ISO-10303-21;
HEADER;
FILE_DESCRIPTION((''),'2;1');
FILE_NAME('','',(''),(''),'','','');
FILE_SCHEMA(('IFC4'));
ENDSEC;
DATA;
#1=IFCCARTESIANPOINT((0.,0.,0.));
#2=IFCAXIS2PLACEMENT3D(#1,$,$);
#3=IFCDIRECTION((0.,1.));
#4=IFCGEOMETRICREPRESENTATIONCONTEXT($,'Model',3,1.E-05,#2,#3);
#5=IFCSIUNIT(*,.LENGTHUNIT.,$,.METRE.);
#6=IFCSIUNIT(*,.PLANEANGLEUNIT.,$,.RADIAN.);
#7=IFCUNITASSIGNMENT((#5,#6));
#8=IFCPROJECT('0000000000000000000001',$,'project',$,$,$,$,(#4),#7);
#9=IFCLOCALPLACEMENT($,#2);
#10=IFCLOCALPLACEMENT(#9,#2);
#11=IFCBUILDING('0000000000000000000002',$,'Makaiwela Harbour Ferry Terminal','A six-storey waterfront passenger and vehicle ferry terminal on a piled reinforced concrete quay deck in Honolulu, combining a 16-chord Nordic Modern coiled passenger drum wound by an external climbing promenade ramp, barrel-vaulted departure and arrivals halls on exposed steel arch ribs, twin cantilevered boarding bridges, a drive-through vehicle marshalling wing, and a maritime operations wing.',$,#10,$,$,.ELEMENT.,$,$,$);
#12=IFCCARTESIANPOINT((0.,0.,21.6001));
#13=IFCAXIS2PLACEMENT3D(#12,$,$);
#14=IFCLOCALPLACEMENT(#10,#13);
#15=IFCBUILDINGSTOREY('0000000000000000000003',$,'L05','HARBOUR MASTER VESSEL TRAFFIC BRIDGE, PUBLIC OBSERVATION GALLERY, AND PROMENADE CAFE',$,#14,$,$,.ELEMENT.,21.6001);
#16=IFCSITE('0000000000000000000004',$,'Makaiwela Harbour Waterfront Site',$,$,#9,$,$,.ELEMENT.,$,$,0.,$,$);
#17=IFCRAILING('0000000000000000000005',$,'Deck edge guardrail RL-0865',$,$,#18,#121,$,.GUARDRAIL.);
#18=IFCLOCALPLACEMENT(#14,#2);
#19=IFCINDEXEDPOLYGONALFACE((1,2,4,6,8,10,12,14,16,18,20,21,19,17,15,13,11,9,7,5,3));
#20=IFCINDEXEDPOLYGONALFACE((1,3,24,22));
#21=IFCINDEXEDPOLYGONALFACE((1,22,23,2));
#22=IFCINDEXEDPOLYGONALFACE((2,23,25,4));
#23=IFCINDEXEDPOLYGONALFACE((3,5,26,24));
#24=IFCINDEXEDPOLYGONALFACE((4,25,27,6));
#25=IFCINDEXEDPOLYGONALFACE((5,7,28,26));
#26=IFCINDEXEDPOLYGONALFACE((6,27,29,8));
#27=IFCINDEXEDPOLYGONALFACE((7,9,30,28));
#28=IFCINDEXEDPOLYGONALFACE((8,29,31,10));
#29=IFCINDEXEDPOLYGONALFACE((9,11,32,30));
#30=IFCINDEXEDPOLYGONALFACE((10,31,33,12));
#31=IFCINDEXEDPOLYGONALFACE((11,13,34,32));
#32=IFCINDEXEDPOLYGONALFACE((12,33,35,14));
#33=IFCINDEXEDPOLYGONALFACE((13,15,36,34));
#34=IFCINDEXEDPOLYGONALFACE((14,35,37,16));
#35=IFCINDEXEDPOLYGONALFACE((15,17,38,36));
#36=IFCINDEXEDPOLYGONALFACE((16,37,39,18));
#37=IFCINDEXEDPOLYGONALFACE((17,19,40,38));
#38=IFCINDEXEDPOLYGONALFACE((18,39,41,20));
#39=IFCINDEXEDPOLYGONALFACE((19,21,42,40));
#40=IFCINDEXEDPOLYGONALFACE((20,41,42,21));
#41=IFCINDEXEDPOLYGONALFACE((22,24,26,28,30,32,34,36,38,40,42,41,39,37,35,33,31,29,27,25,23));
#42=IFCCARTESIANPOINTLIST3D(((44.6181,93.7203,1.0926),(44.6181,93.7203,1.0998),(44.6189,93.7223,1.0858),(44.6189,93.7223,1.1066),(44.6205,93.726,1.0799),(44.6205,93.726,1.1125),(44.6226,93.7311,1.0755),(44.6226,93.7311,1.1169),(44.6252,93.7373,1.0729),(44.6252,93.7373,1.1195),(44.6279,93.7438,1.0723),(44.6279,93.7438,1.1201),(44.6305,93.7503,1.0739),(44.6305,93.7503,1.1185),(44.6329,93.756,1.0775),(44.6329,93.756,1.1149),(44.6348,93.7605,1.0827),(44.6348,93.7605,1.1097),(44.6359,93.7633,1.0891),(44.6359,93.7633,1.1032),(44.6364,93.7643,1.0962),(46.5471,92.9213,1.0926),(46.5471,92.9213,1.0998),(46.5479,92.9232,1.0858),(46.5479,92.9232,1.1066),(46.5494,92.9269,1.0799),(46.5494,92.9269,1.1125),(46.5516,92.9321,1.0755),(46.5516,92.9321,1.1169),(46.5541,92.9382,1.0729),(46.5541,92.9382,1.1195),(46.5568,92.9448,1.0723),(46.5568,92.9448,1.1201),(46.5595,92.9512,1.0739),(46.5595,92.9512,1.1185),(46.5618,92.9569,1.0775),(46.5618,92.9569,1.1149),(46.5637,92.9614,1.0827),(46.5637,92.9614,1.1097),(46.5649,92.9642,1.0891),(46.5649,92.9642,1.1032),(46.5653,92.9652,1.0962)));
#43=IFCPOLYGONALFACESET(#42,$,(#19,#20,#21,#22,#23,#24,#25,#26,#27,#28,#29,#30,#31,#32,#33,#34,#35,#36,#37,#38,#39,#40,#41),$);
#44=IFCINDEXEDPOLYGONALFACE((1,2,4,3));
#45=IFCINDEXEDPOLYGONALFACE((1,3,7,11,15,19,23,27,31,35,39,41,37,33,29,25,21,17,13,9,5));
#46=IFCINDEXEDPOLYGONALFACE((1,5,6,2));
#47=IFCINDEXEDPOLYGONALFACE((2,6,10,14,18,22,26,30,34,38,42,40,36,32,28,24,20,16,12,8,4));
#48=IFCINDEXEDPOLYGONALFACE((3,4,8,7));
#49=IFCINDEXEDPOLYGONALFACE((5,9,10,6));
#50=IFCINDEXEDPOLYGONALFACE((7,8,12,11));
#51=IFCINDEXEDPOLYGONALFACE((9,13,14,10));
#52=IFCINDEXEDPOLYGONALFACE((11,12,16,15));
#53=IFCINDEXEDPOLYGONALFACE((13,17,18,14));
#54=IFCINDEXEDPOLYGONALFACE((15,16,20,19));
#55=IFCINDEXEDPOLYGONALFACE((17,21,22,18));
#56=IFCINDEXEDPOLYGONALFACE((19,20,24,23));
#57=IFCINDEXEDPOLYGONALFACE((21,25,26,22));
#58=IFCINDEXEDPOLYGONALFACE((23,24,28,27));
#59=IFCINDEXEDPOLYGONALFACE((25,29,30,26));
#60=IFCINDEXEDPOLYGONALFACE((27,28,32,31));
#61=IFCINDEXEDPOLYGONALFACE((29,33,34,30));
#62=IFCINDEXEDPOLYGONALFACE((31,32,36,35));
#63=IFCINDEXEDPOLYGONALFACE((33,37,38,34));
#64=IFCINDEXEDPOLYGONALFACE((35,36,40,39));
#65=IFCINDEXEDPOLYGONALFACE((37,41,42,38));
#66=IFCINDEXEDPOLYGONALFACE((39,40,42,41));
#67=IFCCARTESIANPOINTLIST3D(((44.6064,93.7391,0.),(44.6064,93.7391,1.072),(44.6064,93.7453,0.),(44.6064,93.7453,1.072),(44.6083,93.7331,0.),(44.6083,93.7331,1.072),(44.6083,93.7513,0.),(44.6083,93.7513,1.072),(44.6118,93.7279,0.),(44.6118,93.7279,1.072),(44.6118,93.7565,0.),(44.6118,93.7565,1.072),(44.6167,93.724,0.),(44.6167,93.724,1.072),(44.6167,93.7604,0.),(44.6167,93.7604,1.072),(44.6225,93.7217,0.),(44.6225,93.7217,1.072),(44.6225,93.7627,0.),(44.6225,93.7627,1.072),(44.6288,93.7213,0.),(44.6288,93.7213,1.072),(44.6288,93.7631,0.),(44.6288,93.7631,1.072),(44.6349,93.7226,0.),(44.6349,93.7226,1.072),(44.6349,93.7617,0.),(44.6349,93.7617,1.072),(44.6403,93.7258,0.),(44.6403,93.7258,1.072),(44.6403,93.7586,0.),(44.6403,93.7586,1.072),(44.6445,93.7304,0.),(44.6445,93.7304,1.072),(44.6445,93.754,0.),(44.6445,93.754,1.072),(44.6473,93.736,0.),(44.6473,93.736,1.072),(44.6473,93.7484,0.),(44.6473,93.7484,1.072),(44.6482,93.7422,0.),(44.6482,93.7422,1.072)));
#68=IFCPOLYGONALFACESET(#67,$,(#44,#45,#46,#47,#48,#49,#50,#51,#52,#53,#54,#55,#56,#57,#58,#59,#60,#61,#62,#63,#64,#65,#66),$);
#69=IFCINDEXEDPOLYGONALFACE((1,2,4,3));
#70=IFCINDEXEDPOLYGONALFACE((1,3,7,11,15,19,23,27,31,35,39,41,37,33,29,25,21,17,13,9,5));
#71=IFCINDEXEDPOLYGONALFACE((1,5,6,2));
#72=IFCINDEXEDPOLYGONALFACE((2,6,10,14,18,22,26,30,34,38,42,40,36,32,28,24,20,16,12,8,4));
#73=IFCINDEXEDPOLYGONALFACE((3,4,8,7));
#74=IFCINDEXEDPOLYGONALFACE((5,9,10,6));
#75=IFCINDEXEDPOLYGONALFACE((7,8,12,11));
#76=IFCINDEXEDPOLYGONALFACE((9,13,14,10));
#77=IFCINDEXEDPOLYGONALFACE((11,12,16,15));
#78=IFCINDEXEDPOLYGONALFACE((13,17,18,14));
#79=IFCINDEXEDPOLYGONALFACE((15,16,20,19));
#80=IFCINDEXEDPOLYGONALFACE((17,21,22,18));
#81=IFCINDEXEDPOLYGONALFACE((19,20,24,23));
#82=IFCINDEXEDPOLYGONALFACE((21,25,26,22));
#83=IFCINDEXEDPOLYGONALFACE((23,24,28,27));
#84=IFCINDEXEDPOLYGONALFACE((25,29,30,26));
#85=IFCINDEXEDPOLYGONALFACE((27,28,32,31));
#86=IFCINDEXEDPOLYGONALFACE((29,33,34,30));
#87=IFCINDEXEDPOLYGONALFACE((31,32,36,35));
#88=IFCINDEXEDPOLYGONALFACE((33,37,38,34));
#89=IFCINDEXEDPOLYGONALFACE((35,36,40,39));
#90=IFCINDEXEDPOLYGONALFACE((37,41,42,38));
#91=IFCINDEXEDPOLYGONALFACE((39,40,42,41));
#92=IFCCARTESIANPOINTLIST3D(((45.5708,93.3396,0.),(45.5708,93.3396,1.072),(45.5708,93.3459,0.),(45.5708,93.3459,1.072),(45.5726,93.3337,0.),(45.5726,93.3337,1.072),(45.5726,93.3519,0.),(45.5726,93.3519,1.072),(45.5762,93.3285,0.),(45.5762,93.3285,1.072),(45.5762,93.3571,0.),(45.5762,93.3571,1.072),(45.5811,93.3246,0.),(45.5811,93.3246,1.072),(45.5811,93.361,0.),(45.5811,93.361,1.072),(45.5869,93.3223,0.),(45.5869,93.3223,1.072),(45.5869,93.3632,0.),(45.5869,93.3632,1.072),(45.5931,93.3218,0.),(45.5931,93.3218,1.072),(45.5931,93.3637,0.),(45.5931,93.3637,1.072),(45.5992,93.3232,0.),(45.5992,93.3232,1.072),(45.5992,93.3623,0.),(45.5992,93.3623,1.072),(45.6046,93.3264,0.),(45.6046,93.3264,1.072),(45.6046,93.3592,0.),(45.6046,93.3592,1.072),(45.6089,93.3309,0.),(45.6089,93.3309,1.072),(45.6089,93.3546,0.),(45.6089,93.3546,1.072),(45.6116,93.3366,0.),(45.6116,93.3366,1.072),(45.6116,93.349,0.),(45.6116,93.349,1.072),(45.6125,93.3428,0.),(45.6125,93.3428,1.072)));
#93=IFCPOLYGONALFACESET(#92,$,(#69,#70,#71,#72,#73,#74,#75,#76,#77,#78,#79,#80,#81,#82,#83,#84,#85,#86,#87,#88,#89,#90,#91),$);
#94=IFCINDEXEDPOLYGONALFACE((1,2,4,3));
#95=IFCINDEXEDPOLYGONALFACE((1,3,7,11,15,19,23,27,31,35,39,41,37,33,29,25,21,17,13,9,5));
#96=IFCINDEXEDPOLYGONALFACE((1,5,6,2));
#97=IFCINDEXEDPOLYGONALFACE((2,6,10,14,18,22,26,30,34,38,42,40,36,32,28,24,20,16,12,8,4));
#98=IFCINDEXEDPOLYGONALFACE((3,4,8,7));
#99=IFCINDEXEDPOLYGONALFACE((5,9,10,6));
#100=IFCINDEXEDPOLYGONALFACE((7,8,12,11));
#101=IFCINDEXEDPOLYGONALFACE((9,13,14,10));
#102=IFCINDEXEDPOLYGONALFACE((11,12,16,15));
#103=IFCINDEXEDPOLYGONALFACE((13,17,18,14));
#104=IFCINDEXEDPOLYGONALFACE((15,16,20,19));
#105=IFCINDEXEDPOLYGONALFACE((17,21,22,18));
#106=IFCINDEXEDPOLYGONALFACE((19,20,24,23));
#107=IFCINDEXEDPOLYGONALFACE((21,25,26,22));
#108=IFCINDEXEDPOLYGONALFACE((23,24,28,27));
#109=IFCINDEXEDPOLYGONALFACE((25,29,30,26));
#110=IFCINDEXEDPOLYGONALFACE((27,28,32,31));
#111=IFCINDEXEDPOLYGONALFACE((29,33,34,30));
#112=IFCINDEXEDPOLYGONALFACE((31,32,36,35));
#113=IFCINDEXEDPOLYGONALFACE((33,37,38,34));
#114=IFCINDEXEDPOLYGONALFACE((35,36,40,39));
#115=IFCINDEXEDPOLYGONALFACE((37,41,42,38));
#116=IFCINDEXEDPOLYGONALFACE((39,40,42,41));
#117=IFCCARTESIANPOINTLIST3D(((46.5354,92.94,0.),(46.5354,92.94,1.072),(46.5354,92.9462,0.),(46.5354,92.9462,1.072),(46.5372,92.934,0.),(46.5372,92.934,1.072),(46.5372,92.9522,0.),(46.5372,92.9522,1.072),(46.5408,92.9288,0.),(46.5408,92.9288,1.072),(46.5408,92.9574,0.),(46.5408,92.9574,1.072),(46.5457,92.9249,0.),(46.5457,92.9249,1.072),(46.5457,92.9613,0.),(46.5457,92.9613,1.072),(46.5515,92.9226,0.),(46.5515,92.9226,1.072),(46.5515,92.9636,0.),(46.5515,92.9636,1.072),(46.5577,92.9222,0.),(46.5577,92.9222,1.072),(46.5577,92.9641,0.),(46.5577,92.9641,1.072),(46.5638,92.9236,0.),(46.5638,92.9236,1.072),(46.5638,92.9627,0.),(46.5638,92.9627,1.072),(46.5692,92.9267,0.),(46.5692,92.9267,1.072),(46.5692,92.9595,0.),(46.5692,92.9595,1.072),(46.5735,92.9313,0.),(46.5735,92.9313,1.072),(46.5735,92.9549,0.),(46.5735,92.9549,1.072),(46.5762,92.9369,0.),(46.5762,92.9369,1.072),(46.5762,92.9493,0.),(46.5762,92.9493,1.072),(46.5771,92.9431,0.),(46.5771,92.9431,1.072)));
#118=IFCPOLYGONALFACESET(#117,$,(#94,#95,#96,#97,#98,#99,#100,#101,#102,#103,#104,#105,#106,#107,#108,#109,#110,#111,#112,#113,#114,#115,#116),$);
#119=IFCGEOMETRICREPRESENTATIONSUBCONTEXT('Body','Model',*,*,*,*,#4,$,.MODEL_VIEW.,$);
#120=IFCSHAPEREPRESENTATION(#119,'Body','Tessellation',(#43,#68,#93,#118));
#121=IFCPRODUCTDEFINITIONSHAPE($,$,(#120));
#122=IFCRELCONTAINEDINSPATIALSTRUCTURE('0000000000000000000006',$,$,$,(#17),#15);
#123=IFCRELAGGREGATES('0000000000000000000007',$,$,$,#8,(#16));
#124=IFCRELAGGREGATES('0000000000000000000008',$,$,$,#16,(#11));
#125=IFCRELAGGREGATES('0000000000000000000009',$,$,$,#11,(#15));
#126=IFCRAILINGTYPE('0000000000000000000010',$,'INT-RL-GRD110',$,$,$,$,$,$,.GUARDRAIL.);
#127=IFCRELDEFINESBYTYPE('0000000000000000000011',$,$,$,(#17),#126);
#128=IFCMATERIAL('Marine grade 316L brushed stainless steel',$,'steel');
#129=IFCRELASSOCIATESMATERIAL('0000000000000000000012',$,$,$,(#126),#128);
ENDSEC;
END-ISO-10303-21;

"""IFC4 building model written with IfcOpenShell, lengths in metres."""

from ifc_helpers import new_model, si_unit, direction, frame, origin, origin_2d, place, context, subcontext, project, spatial, circle, extrude, material, type_object, element, save


model = new_model("IFC4")

# Units and contexts
model_context = context("Model", 3, precision=1e-05, world=origin(), true_north=direction((0.0, 1.0)))
body_context = subcontext(model_context, "Body", "Model", "MODEL_VIEW")
ifc_project = project(units=[si_unit("LENGTHUNIT", "METRE"), si_unit("PLANEANGLEUNIT", "RADIAN")], contexts=[model_context])

# Site, building, storey
site_placement = place(None, origin())
site = spatial("IfcSite", under=ifc_project, at=site_placement, Name="Makaiwela Harbour Waterfront Site", CompositionType="ELEMENT", RefElevation=0.0)
building_placement = place(site_placement, origin())
building = spatial("IfcBuilding", under=site, at=building_placement, Name="Makaiwela Harbour Ferry Terminal", Description="A six-storey waterfront passenger and vehicle ferry terminal on a piled reinforced concrete quay deck in Honolulu, combining a 16-chord Nordic Modern coiled passenger drum wound by an external climbing promenade ramp, barrel-vaulted departure and arrivals halls on exposed steel arch ribs, twin cantilevered boarding bridges, a drive-through vehicle marshalling wing, and a maritime operations wing.", CompositionType="ELEMENT")
storey_placement = place(building_placement, frame((0.0, 0.0, 21.6001)))
storey = spatial("IfcBuildingStorey", under=building, at=storey_placement, Name="L05", Description="HARBOUR MASTER VESSEL TRAFFIC BRIDGE, PUBLIC OBSERVATION GALLERY, AND PROMENADE CAFE", CompositionType="ELEMENT", Elevation=21.6001)

# Railing
ifc_material_1 = material(Name="Marine grade 316L brushed stainless steel", Category="steel")
railing_type = type_object("IfcRailingType", Name="INT-RL-GRD110", PredefinedType="GUARDRAIL", material=ifc_material_1)
railing_1_placement = place(storey_placement, frame((44.6272, 93.7422, 0.0)))
element("IfcRailing", 1, at=railing_1_placement, inside=storey, type_object=railing_type, Name="Deck edge guardrail RL-0865", PredefinedType="GUARDRAIL", context=body_context, shape_type="SweptSolid", body=[
    extrude(circle(Radius=0.0239, at=origin_2d()), frame((0.0, 0.0, 1.0962), z_axis=(0.923867, -0.382713, 0.0), x_axis=(0.382713, 0.923867, 0.0)), (0.0, 0.0, 1.0), 2.0879),
    extrude(circle(Radius=0.021, at=origin_2d()), origin(), (0.0, 0.0, 1.0), 1.072),
    extrude(circle(Radius=0.021, at=origin_2d()), frame((0.9644, -0.3994, 0.0)), (0.0, 0.0, 1.0), 1.072),
    extrude(circle(Radius=0.021, at=origin_2d()), frame((1.929, -0.7991, 0.0)), (0.0, 0.0, 1.0), 1.072),
])

save(model, "model.ifc")
